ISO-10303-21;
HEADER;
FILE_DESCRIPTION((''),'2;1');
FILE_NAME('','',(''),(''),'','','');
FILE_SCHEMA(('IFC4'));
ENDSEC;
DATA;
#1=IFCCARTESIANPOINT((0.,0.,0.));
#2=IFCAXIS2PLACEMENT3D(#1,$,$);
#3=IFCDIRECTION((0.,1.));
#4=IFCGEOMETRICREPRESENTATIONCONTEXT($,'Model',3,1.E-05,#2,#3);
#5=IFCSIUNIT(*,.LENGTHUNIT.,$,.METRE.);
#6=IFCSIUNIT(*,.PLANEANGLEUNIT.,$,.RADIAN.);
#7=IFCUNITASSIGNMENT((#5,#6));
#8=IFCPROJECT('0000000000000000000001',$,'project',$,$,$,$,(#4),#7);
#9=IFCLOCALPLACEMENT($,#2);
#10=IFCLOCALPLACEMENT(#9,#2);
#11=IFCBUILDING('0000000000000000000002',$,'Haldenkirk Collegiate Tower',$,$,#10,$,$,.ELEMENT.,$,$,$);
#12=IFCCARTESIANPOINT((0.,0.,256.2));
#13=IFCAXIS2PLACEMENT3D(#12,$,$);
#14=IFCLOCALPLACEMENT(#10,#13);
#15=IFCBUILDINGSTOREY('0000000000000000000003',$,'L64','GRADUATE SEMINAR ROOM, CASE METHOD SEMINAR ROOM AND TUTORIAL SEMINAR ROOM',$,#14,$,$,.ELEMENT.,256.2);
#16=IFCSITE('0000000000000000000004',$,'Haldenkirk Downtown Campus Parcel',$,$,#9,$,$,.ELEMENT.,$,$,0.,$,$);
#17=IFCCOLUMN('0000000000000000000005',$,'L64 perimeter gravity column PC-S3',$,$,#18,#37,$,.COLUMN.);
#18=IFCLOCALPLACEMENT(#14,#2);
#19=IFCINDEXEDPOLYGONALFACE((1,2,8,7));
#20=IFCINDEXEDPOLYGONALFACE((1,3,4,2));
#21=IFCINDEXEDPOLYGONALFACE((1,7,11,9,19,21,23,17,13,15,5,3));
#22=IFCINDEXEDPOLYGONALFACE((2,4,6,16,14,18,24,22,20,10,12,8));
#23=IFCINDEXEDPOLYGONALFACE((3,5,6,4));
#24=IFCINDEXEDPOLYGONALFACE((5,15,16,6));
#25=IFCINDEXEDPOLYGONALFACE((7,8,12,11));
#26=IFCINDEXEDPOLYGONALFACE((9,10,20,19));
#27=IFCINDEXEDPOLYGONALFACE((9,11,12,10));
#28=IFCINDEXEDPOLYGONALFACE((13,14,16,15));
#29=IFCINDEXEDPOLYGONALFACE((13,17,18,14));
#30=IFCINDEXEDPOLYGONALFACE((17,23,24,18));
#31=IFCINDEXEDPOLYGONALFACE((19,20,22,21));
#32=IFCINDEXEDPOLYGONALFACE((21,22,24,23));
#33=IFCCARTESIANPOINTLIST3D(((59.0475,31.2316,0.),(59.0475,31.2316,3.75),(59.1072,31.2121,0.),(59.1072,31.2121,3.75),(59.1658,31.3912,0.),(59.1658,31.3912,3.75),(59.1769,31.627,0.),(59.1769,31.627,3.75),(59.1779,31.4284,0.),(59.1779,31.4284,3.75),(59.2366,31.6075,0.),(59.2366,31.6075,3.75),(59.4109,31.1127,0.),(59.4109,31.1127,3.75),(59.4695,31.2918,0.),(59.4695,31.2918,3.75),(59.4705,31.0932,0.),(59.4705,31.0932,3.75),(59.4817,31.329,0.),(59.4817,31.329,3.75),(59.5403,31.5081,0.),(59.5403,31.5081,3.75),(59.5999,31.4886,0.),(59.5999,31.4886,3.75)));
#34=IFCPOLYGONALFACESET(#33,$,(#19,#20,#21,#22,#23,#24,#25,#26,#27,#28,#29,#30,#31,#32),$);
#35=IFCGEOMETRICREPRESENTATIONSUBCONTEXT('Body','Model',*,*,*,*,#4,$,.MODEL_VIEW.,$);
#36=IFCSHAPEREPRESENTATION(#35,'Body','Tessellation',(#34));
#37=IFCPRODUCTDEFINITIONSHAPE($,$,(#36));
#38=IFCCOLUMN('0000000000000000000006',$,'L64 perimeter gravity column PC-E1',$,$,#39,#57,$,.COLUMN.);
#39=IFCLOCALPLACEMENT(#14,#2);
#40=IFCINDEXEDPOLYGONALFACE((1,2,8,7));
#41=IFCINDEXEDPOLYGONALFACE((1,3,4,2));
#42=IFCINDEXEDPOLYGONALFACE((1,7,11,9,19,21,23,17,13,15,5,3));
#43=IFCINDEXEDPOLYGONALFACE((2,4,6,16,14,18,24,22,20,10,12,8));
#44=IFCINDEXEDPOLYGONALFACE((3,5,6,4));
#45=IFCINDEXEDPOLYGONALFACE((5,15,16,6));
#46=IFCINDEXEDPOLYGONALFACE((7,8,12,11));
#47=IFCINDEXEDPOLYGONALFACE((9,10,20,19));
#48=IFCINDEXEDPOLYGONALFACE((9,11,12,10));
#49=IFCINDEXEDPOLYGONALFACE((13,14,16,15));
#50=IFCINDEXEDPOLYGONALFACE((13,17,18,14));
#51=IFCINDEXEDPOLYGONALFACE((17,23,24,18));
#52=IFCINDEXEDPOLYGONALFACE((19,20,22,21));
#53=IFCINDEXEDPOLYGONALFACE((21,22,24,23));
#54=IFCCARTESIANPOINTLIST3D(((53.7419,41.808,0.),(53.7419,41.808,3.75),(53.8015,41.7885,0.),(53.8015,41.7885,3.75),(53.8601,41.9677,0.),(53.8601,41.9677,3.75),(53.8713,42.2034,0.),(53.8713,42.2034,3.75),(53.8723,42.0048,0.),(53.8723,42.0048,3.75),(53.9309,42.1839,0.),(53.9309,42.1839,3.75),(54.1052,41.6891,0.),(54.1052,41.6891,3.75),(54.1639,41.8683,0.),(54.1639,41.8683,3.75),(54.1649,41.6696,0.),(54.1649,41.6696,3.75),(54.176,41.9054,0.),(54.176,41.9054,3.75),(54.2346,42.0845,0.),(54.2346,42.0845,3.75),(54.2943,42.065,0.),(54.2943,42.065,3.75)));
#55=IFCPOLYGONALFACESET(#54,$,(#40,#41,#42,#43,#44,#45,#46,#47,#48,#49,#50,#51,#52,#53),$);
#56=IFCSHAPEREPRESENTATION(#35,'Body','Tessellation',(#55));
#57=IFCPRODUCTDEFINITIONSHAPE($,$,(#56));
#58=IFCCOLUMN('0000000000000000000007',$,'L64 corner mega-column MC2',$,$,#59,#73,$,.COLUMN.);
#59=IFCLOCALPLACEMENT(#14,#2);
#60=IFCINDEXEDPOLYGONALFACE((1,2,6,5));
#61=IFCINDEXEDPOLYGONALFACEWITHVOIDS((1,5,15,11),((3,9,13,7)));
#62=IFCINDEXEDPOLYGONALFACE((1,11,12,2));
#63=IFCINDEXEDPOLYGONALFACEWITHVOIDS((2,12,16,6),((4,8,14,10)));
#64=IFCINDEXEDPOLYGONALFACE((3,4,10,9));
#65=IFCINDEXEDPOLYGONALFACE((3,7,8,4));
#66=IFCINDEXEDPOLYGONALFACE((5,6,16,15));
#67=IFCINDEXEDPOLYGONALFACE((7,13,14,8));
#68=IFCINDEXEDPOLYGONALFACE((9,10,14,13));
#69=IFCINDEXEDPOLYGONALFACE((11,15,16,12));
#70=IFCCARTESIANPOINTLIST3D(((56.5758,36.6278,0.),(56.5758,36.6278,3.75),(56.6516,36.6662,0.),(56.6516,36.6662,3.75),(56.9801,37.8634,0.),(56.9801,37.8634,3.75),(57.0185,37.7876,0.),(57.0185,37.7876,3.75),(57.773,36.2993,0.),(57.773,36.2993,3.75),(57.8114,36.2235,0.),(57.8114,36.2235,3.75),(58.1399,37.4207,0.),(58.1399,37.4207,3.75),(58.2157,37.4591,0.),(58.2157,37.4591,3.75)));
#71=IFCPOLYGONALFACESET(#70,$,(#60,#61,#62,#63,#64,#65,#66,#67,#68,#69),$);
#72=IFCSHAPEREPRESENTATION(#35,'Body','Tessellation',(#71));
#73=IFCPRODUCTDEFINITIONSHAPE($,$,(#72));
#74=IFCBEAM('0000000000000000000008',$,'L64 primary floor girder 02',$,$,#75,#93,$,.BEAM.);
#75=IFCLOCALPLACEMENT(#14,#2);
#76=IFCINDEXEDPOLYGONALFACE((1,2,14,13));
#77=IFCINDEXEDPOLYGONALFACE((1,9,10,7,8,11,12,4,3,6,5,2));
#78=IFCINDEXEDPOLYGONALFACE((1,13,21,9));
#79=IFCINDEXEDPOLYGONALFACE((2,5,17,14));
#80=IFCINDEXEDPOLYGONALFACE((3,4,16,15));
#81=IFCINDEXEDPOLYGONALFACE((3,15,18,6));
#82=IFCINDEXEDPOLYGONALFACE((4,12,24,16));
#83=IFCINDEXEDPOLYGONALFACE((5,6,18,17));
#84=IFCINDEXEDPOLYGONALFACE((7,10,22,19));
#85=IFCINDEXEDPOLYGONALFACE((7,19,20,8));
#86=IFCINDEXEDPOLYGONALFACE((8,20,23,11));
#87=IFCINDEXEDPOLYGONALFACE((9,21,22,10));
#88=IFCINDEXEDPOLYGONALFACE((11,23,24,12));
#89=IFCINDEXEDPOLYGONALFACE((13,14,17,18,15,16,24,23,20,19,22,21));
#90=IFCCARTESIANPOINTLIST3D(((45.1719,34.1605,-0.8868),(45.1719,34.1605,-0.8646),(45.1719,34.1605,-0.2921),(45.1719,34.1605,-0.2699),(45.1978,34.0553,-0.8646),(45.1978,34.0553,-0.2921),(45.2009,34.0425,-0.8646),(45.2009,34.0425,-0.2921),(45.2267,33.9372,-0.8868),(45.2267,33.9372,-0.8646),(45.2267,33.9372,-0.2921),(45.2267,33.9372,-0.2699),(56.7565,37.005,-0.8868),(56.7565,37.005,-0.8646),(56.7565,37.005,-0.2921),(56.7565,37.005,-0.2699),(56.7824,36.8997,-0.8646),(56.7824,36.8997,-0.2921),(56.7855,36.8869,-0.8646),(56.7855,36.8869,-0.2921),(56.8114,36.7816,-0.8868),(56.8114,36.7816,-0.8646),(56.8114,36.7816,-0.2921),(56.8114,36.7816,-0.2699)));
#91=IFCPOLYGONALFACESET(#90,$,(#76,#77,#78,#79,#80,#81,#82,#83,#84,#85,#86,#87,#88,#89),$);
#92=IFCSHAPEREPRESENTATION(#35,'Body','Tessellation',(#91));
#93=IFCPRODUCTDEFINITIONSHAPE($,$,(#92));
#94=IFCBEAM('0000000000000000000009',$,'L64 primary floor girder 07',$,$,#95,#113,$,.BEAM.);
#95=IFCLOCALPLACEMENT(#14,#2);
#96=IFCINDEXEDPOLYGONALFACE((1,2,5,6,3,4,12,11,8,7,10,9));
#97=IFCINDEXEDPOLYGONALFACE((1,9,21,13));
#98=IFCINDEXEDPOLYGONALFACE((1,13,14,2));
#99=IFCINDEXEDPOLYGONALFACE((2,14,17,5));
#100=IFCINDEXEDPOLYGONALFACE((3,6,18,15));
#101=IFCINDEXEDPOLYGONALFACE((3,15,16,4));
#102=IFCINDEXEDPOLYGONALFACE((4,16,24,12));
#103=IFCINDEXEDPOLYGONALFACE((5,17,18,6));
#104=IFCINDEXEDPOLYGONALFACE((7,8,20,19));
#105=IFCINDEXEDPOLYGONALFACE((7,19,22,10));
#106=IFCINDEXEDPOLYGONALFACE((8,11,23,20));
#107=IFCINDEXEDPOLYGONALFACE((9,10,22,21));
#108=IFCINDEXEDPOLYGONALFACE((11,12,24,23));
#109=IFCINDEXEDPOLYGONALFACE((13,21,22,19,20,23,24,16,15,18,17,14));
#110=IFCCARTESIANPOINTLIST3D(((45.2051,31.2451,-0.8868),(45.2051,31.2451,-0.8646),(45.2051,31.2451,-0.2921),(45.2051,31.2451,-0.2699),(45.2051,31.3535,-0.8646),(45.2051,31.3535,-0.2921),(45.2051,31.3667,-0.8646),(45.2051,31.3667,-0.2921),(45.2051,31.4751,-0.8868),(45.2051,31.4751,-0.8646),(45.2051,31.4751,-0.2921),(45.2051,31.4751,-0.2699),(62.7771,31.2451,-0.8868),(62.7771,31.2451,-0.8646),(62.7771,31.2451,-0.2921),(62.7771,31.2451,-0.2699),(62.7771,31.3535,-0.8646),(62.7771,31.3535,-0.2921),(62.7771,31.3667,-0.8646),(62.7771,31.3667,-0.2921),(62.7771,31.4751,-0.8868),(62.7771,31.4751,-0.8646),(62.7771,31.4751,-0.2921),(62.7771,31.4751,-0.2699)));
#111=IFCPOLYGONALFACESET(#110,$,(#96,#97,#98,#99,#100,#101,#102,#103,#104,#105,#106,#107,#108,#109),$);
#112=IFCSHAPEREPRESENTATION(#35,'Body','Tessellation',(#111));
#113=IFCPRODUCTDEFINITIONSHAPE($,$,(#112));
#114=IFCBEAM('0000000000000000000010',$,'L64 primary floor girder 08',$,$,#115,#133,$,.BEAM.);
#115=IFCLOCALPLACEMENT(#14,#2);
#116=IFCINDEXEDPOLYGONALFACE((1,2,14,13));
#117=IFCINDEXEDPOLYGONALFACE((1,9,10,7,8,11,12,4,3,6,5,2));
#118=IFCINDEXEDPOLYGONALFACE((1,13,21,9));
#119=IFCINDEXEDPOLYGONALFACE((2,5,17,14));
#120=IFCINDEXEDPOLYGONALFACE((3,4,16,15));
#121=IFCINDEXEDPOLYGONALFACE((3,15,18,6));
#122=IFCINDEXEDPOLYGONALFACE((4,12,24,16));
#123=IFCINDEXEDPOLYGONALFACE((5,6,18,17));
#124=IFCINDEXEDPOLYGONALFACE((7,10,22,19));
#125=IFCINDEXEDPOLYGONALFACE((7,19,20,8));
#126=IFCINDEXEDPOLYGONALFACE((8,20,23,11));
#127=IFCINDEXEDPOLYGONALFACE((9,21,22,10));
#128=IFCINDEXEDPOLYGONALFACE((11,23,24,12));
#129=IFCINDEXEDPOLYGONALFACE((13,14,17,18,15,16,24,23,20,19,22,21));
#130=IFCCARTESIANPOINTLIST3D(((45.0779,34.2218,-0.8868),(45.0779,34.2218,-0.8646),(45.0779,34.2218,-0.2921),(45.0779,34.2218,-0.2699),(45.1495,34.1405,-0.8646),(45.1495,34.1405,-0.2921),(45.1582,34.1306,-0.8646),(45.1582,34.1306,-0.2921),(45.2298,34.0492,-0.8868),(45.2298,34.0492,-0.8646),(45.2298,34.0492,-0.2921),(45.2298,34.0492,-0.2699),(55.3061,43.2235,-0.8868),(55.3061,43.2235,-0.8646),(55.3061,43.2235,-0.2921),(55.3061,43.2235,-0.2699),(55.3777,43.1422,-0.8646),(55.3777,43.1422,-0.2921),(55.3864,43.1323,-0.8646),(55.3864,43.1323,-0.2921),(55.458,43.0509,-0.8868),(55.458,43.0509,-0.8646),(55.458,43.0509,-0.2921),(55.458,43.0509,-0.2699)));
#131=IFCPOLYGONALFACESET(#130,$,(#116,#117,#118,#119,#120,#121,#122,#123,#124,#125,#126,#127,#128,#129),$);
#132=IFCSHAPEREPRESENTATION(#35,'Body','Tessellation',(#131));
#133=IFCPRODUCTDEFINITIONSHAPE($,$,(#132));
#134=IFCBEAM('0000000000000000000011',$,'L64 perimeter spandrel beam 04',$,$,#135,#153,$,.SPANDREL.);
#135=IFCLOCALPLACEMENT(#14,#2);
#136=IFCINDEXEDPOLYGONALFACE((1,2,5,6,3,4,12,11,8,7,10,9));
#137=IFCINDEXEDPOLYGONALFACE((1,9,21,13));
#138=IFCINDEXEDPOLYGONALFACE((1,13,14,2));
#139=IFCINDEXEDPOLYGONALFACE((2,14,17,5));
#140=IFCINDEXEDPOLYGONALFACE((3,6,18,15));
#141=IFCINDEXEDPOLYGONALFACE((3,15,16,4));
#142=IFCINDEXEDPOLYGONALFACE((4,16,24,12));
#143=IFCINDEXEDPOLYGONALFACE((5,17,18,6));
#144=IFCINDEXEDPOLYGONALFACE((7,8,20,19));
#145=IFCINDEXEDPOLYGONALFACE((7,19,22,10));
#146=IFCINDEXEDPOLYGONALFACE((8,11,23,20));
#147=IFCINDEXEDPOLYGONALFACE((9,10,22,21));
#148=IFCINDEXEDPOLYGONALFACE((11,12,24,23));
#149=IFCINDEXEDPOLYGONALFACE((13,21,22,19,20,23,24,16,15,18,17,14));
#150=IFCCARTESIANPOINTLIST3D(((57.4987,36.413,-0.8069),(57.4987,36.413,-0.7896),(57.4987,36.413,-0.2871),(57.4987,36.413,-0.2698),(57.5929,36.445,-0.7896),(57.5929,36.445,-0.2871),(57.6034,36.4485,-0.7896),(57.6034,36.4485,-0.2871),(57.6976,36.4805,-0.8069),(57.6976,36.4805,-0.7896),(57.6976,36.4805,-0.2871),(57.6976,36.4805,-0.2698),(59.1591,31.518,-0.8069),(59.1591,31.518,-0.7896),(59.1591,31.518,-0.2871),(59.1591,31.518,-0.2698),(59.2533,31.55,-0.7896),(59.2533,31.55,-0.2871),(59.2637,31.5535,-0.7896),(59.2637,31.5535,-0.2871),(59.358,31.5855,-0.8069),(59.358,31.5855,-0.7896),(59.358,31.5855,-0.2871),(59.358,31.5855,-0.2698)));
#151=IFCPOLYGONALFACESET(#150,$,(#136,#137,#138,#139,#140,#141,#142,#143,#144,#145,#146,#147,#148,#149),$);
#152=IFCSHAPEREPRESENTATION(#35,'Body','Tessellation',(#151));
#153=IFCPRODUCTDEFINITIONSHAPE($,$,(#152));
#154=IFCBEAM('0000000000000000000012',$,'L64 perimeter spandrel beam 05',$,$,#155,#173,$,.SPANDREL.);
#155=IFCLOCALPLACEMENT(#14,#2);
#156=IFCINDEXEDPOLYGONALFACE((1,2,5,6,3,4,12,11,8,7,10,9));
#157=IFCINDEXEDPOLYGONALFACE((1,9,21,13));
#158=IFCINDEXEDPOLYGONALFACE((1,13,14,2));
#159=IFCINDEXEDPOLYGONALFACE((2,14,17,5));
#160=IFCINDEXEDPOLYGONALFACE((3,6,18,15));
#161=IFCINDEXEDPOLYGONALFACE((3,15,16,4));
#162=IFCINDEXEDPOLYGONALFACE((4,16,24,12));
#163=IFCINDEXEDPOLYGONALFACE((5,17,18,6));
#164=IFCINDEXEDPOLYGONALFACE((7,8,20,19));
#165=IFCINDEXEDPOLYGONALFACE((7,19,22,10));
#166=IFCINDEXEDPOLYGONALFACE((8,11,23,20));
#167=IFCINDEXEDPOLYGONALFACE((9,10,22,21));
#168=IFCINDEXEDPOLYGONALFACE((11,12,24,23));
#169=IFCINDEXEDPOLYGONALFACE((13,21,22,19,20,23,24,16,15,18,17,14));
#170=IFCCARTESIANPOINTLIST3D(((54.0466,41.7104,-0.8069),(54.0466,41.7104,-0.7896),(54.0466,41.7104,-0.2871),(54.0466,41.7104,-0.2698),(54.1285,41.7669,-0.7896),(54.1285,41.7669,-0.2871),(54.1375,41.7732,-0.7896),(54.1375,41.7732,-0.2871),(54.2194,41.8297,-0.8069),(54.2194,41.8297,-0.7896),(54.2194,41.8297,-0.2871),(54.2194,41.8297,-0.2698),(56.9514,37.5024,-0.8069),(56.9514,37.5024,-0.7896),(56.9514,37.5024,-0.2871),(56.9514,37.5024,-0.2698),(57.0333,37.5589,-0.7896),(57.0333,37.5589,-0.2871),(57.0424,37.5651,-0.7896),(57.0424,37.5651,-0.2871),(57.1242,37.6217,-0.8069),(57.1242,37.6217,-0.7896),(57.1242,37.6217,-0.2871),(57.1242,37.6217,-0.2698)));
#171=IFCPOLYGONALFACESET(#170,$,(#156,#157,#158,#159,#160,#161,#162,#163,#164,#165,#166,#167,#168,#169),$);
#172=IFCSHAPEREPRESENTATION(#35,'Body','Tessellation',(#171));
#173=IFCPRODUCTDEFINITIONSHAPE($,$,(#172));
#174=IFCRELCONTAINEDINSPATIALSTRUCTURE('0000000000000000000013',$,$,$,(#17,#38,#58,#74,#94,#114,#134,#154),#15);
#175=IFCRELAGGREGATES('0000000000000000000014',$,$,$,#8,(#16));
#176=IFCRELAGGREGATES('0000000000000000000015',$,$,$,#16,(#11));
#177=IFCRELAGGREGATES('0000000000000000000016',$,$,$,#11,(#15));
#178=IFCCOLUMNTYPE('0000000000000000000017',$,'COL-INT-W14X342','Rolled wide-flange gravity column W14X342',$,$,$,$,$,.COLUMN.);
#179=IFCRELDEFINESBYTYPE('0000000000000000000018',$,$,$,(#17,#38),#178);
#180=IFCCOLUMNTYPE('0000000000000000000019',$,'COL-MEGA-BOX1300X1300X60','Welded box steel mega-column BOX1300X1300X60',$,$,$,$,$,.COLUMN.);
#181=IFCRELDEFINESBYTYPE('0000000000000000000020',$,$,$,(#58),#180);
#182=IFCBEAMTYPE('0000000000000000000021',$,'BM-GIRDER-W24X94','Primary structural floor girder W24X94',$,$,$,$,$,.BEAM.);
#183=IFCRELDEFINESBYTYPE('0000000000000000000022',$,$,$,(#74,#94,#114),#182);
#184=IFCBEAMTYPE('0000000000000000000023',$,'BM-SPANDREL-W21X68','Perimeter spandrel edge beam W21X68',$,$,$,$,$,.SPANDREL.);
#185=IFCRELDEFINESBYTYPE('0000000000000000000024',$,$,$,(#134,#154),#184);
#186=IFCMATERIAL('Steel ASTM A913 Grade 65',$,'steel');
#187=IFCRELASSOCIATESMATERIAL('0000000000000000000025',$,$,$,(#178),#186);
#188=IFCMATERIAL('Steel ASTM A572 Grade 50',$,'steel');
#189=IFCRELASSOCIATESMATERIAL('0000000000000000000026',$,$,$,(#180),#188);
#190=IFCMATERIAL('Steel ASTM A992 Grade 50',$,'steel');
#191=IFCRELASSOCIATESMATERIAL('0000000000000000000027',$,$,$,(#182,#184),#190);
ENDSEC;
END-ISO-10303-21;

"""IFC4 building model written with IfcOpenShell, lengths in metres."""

from ifc_helpers import new_model, si_unit, direction, frame, origin, origin_2d, place, context, subcontext, project, spatial, hollow_rectangle, i_section, extrude, material, material_profile, profile_set, type_object, element, save


model = new_model("IFC4")

# Units and contexts
model_context = context("Model", 3, precision=1e-05, world=origin(), true_north=direction((0.0, 1.0)))
body_context = subcontext(model_context, "Body", "Model", "MODEL_VIEW")
ifc_project = project(units=[si_unit("LENGTHUNIT", "METRE"), si_unit("PLANEANGLEUNIT", "RADIAN")], contexts=[model_context])

# Site, building, storey
site_placement = place(None, origin())
site = spatial("IfcSite", under=ifc_project, at=site_placement, Name="Haldenkirk Downtown Campus Parcel", CompositionType="ELEMENT", RefElevation=0.0)
building_placement = place(site_placement, origin())
building = spatial("IfcBuilding", under=site, at=building_placement, Name="Haldenkirk Collegiate Tower", CompositionType="ELEMENT")
storey_placement = place(building_placement, frame((0.0, 0.0, 256.2)))
storey = spatial("IfcBuildingStorey", under=building, at=storey_placement, Name="L64", Description="GRADUATE SEMINAR ROOM, CASE METHOD SEMINAR ROOM AND TUTORIAL SEMINAR ROOM", CompositionType="ELEMENT", Elevation=256.2)

# Columns
ifc_material_1 = material(Name="Steel ASTM A913 Grade 65", Category="steel")
ifc_material_profile_1 = material_profile(ifc_material_1, i_section(OverallWidth=0.416, OverallDepth=0.4451, WebThickness=0.0391, FlangeThickness=0.0627, at=origin_2d()), Name="W14X342")
ifc_profile_set_1 = profile_set([ifc_material_profile_1], Name="Steel ASTM A913 Grade 65")
column_type_1 = type_object("IfcColumnType", Name="COL-INT-W14X342", Description="Rolled wide-flange gravity column W14X342", PredefinedType="COLUMN", material=ifc_profile_set_1)
for number, where, z_axis, x_axis, name in (
    (1, (59.3237, 31.3601, 0.0), (0.0, 0.0, 1.0), (0.311008, 0.950407, 0.0), "L64 perimeter gravity column PC-S3"),
    (2, (54.0181, 41.9365, 0.0), (0.0, 0.0, 1.0), (0.311008, 0.950407, 0.0), "L64 perimeter gravity column PC-E1"),
):
    element("IfcColumn", number, at=place(storey_placement, frame(where, z_axis=z_axis, x_axis=x_axis)), inside=storey, type_object=column_type_1, Name=name, PredefinedType="COLUMN", context=body_context, shape_type="SweptSolid", body=[
        extrude(i_section(OverallWidth=0.416, OverallDepth=0.4451, WebThickness=0.0391, FlangeThickness=0.0627, at=origin_2d()), origin(), (0.0, 0.0, 1.0), 3.75),
    ])
ifc_material_2 = material(Name="Steel ASTM A572 Grade 50", Category="steel")
ifc_material_profile_2 = material_profile(ifc_material_2, hollow_rectangle(XDim=1.3, YDim=1.3, WallThickness=0.0601, at=origin_2d()), Name="BOX1300X1300X60")
ifc_profile_set_2 = profile_set([ifc_material_profile_2], Name="Steel ASTM A572 Grade 50")
column_type_2 = type_object("IfcColumnType", Name="COL-MEGA-BOX1300X1300X60", Description="Welded box steel mega-column BOX1300X1300X60", PredefinedType="COLUMN", material=ifc_profile_set_2)
column_placement = place(storey_placement, frame((57.3958, 37.0435, 0.0), z_axis=(0.0, 0.0, 1.0), x_axis=(0.311008, 0.950407, 0.0)))
element("IfcColumn", 3, at=column_placement, inside=storey, type_object=column_type_2, Name="L64 corner mega-column MC2", PredefinedType="COLUMN", context=body_context, shape_type="SweptSolid", body=[
    extrude(hollow_rectangle(XDim=1.3, YDim=1.3, WallThickness=0.0601, at=origin_2d()), origin(), (0.0, 0.0, 1.0), 3.75),
])

# Beams
ifc_material_3 = material(Name="Steel ASTM A992 Grade 50", Category="steel")
ifc_material_profile_3 = material_profile(ifc_material_3, i_section(OverallWidth=0.23, OverallDepth=0.6169, WebThickness=0.0132, FlangeThickness=0.0222, at=origin_2d()), Name="W24X94")
ifc_profile_set_3 = profile_set([ifc_material_profile_3], Name="Steel ASTM A992 Grade 50")
beam_type_1 = type_object("IfcBeamType", Name="BM-GIRDER-W24X94", Description="Primary structural floor girder W24X94", PredefinedType="BEAM", material=ifc_profile_set_3)
beam_1_placement = place(storey_placement, frame((56.7839, 36.8933, -0.5784), z_axis=(-0.971154, -0.238455, 0.0), x_axis=(0.238455, -0.971154, 0.0)))
element("IfcBeam", 4, at=beam_1_placement, inside=storey, type_object=beam_type_1, Name="L64 primary floor girder 02", PredefinedType="BEAM", context=body_context, shape_type="SweptSolid", body=[
    extrude(i_section(OverallWidth=0.23, OverallDepth=0.6169, WebThickness=0.0132, FlangeThickness=0.0222, at=origin_2d()), origin(), (0.0, 0.0, 1.0), 11.9287),
])
beam_2_placement = place(storey_placement, frame((62.7771, 31.3601, -0.5784), z_axis=(-1.0, 0.0, 0.0), x_axis=(0.0, -1.0, 0.0)))
element("IfcBeam", 5, at=beam_2_placement, inside=storey, type_object=beam_type_1, Name="L64 primary floor girder 07", PredefinedType="BEAM", context=body_context, shape_type="SweptSolid", body=[
    extrude(i_section(OverallWidth=0.23, OverallDepth=0.6169, WebThickness=0.0132, FlangeThickness=0.0222, at=origin_2d()), origin(), (0.0, 0.0, 1.0), 17.572),
])
beam_3_placement = place(storey_placement, frame((55.3821, 43.1372, -0.5784), z_axis=(-0.750683, -0.660662, 0.0), x_axis=(0.660662, -0.750683, 0.0)))
element("IfcBeam", 6, at=beam_3_placement, inside=storey, type_object=beam_type_1, Name="L64 primary floor girder 08", PredefinedType="BEAM", context=body_context, shape_type="SweptSolid", body=[
    extrude(i_section(OverallWidth=0.23, OverallDepth=0.6169, WebThickness=0.0132, FlangeThickness=0.0222, at=origin_2d()), origin(), (0.0, 0.0, 1.0), 13.6252),
])
ifc_material_profile_4 = material_profile(ifc_material_3, i_section(OverallWidth=0.21, OverallDepth=0.5371, WebThickness=0.011, FlangeThickness=0.0173, at=origin_2d()), Name="W21X68")
ifc_profile_set_4 = profile_set([ifc_material_profile_4], Name="Steel ASTM A992 Grade 50")
beam_type_2 = type_object("IfcBeamType", Name="BM-SPANDREL-W21X68", Description="Perimeter spandrel edge beam W21X68", PredefinedType="SPANDREL", material=ifc_profile_set_4)
beam_4_placement = place(storey_placement, frame((59.2585, 31.5518, -0.5383), z_axis=(-0.321225, 0.947003, 0.0), x_axis=(-0.947003, -0.321225, 0.0)))
element("IfcBeam", 7, at=beam_4_placement, inside=storey, type_object=beam_type_2, Name="L64 perimeter spandrel beam 04", PredefinedType="SPANDREL", context=body_context, shape_type="SweptSolid", body=[
    extrude(i_section(OverallWidth=0.21, OverallDepth=0.5371, WebThickness=0.011, FlangeThickness=0.0173, at=origin_2d()), origin(), (0.0, 0.0, 1.0), 5.1689),
])
beam_5_placement = place(storey_placement, frame((57.0378, 37.562, -0.5383), z_axis=(-0.568092, 0.822965, 0.0), x_axis=(-0.822965, -0.568092, 0.0)))
element("IfcBeam", 8, at=beam_5_placement, inside=storey, type_object=beam_type_2, Name="L64 perimeter spandrel beam 05", PredefinedType="SPANDREL", context=body_context, shape_type="SweptSolid", body=[
    extrude(i_section(OverallWidth=0.21, OverallDepth=0.5371, WebThickness=0.011, FlangeThickness=0.0173, at=origin_2d()), origin(), (0.0, 0.0, 1.0), 5.1133),
])

save(model, "model.ifc")
